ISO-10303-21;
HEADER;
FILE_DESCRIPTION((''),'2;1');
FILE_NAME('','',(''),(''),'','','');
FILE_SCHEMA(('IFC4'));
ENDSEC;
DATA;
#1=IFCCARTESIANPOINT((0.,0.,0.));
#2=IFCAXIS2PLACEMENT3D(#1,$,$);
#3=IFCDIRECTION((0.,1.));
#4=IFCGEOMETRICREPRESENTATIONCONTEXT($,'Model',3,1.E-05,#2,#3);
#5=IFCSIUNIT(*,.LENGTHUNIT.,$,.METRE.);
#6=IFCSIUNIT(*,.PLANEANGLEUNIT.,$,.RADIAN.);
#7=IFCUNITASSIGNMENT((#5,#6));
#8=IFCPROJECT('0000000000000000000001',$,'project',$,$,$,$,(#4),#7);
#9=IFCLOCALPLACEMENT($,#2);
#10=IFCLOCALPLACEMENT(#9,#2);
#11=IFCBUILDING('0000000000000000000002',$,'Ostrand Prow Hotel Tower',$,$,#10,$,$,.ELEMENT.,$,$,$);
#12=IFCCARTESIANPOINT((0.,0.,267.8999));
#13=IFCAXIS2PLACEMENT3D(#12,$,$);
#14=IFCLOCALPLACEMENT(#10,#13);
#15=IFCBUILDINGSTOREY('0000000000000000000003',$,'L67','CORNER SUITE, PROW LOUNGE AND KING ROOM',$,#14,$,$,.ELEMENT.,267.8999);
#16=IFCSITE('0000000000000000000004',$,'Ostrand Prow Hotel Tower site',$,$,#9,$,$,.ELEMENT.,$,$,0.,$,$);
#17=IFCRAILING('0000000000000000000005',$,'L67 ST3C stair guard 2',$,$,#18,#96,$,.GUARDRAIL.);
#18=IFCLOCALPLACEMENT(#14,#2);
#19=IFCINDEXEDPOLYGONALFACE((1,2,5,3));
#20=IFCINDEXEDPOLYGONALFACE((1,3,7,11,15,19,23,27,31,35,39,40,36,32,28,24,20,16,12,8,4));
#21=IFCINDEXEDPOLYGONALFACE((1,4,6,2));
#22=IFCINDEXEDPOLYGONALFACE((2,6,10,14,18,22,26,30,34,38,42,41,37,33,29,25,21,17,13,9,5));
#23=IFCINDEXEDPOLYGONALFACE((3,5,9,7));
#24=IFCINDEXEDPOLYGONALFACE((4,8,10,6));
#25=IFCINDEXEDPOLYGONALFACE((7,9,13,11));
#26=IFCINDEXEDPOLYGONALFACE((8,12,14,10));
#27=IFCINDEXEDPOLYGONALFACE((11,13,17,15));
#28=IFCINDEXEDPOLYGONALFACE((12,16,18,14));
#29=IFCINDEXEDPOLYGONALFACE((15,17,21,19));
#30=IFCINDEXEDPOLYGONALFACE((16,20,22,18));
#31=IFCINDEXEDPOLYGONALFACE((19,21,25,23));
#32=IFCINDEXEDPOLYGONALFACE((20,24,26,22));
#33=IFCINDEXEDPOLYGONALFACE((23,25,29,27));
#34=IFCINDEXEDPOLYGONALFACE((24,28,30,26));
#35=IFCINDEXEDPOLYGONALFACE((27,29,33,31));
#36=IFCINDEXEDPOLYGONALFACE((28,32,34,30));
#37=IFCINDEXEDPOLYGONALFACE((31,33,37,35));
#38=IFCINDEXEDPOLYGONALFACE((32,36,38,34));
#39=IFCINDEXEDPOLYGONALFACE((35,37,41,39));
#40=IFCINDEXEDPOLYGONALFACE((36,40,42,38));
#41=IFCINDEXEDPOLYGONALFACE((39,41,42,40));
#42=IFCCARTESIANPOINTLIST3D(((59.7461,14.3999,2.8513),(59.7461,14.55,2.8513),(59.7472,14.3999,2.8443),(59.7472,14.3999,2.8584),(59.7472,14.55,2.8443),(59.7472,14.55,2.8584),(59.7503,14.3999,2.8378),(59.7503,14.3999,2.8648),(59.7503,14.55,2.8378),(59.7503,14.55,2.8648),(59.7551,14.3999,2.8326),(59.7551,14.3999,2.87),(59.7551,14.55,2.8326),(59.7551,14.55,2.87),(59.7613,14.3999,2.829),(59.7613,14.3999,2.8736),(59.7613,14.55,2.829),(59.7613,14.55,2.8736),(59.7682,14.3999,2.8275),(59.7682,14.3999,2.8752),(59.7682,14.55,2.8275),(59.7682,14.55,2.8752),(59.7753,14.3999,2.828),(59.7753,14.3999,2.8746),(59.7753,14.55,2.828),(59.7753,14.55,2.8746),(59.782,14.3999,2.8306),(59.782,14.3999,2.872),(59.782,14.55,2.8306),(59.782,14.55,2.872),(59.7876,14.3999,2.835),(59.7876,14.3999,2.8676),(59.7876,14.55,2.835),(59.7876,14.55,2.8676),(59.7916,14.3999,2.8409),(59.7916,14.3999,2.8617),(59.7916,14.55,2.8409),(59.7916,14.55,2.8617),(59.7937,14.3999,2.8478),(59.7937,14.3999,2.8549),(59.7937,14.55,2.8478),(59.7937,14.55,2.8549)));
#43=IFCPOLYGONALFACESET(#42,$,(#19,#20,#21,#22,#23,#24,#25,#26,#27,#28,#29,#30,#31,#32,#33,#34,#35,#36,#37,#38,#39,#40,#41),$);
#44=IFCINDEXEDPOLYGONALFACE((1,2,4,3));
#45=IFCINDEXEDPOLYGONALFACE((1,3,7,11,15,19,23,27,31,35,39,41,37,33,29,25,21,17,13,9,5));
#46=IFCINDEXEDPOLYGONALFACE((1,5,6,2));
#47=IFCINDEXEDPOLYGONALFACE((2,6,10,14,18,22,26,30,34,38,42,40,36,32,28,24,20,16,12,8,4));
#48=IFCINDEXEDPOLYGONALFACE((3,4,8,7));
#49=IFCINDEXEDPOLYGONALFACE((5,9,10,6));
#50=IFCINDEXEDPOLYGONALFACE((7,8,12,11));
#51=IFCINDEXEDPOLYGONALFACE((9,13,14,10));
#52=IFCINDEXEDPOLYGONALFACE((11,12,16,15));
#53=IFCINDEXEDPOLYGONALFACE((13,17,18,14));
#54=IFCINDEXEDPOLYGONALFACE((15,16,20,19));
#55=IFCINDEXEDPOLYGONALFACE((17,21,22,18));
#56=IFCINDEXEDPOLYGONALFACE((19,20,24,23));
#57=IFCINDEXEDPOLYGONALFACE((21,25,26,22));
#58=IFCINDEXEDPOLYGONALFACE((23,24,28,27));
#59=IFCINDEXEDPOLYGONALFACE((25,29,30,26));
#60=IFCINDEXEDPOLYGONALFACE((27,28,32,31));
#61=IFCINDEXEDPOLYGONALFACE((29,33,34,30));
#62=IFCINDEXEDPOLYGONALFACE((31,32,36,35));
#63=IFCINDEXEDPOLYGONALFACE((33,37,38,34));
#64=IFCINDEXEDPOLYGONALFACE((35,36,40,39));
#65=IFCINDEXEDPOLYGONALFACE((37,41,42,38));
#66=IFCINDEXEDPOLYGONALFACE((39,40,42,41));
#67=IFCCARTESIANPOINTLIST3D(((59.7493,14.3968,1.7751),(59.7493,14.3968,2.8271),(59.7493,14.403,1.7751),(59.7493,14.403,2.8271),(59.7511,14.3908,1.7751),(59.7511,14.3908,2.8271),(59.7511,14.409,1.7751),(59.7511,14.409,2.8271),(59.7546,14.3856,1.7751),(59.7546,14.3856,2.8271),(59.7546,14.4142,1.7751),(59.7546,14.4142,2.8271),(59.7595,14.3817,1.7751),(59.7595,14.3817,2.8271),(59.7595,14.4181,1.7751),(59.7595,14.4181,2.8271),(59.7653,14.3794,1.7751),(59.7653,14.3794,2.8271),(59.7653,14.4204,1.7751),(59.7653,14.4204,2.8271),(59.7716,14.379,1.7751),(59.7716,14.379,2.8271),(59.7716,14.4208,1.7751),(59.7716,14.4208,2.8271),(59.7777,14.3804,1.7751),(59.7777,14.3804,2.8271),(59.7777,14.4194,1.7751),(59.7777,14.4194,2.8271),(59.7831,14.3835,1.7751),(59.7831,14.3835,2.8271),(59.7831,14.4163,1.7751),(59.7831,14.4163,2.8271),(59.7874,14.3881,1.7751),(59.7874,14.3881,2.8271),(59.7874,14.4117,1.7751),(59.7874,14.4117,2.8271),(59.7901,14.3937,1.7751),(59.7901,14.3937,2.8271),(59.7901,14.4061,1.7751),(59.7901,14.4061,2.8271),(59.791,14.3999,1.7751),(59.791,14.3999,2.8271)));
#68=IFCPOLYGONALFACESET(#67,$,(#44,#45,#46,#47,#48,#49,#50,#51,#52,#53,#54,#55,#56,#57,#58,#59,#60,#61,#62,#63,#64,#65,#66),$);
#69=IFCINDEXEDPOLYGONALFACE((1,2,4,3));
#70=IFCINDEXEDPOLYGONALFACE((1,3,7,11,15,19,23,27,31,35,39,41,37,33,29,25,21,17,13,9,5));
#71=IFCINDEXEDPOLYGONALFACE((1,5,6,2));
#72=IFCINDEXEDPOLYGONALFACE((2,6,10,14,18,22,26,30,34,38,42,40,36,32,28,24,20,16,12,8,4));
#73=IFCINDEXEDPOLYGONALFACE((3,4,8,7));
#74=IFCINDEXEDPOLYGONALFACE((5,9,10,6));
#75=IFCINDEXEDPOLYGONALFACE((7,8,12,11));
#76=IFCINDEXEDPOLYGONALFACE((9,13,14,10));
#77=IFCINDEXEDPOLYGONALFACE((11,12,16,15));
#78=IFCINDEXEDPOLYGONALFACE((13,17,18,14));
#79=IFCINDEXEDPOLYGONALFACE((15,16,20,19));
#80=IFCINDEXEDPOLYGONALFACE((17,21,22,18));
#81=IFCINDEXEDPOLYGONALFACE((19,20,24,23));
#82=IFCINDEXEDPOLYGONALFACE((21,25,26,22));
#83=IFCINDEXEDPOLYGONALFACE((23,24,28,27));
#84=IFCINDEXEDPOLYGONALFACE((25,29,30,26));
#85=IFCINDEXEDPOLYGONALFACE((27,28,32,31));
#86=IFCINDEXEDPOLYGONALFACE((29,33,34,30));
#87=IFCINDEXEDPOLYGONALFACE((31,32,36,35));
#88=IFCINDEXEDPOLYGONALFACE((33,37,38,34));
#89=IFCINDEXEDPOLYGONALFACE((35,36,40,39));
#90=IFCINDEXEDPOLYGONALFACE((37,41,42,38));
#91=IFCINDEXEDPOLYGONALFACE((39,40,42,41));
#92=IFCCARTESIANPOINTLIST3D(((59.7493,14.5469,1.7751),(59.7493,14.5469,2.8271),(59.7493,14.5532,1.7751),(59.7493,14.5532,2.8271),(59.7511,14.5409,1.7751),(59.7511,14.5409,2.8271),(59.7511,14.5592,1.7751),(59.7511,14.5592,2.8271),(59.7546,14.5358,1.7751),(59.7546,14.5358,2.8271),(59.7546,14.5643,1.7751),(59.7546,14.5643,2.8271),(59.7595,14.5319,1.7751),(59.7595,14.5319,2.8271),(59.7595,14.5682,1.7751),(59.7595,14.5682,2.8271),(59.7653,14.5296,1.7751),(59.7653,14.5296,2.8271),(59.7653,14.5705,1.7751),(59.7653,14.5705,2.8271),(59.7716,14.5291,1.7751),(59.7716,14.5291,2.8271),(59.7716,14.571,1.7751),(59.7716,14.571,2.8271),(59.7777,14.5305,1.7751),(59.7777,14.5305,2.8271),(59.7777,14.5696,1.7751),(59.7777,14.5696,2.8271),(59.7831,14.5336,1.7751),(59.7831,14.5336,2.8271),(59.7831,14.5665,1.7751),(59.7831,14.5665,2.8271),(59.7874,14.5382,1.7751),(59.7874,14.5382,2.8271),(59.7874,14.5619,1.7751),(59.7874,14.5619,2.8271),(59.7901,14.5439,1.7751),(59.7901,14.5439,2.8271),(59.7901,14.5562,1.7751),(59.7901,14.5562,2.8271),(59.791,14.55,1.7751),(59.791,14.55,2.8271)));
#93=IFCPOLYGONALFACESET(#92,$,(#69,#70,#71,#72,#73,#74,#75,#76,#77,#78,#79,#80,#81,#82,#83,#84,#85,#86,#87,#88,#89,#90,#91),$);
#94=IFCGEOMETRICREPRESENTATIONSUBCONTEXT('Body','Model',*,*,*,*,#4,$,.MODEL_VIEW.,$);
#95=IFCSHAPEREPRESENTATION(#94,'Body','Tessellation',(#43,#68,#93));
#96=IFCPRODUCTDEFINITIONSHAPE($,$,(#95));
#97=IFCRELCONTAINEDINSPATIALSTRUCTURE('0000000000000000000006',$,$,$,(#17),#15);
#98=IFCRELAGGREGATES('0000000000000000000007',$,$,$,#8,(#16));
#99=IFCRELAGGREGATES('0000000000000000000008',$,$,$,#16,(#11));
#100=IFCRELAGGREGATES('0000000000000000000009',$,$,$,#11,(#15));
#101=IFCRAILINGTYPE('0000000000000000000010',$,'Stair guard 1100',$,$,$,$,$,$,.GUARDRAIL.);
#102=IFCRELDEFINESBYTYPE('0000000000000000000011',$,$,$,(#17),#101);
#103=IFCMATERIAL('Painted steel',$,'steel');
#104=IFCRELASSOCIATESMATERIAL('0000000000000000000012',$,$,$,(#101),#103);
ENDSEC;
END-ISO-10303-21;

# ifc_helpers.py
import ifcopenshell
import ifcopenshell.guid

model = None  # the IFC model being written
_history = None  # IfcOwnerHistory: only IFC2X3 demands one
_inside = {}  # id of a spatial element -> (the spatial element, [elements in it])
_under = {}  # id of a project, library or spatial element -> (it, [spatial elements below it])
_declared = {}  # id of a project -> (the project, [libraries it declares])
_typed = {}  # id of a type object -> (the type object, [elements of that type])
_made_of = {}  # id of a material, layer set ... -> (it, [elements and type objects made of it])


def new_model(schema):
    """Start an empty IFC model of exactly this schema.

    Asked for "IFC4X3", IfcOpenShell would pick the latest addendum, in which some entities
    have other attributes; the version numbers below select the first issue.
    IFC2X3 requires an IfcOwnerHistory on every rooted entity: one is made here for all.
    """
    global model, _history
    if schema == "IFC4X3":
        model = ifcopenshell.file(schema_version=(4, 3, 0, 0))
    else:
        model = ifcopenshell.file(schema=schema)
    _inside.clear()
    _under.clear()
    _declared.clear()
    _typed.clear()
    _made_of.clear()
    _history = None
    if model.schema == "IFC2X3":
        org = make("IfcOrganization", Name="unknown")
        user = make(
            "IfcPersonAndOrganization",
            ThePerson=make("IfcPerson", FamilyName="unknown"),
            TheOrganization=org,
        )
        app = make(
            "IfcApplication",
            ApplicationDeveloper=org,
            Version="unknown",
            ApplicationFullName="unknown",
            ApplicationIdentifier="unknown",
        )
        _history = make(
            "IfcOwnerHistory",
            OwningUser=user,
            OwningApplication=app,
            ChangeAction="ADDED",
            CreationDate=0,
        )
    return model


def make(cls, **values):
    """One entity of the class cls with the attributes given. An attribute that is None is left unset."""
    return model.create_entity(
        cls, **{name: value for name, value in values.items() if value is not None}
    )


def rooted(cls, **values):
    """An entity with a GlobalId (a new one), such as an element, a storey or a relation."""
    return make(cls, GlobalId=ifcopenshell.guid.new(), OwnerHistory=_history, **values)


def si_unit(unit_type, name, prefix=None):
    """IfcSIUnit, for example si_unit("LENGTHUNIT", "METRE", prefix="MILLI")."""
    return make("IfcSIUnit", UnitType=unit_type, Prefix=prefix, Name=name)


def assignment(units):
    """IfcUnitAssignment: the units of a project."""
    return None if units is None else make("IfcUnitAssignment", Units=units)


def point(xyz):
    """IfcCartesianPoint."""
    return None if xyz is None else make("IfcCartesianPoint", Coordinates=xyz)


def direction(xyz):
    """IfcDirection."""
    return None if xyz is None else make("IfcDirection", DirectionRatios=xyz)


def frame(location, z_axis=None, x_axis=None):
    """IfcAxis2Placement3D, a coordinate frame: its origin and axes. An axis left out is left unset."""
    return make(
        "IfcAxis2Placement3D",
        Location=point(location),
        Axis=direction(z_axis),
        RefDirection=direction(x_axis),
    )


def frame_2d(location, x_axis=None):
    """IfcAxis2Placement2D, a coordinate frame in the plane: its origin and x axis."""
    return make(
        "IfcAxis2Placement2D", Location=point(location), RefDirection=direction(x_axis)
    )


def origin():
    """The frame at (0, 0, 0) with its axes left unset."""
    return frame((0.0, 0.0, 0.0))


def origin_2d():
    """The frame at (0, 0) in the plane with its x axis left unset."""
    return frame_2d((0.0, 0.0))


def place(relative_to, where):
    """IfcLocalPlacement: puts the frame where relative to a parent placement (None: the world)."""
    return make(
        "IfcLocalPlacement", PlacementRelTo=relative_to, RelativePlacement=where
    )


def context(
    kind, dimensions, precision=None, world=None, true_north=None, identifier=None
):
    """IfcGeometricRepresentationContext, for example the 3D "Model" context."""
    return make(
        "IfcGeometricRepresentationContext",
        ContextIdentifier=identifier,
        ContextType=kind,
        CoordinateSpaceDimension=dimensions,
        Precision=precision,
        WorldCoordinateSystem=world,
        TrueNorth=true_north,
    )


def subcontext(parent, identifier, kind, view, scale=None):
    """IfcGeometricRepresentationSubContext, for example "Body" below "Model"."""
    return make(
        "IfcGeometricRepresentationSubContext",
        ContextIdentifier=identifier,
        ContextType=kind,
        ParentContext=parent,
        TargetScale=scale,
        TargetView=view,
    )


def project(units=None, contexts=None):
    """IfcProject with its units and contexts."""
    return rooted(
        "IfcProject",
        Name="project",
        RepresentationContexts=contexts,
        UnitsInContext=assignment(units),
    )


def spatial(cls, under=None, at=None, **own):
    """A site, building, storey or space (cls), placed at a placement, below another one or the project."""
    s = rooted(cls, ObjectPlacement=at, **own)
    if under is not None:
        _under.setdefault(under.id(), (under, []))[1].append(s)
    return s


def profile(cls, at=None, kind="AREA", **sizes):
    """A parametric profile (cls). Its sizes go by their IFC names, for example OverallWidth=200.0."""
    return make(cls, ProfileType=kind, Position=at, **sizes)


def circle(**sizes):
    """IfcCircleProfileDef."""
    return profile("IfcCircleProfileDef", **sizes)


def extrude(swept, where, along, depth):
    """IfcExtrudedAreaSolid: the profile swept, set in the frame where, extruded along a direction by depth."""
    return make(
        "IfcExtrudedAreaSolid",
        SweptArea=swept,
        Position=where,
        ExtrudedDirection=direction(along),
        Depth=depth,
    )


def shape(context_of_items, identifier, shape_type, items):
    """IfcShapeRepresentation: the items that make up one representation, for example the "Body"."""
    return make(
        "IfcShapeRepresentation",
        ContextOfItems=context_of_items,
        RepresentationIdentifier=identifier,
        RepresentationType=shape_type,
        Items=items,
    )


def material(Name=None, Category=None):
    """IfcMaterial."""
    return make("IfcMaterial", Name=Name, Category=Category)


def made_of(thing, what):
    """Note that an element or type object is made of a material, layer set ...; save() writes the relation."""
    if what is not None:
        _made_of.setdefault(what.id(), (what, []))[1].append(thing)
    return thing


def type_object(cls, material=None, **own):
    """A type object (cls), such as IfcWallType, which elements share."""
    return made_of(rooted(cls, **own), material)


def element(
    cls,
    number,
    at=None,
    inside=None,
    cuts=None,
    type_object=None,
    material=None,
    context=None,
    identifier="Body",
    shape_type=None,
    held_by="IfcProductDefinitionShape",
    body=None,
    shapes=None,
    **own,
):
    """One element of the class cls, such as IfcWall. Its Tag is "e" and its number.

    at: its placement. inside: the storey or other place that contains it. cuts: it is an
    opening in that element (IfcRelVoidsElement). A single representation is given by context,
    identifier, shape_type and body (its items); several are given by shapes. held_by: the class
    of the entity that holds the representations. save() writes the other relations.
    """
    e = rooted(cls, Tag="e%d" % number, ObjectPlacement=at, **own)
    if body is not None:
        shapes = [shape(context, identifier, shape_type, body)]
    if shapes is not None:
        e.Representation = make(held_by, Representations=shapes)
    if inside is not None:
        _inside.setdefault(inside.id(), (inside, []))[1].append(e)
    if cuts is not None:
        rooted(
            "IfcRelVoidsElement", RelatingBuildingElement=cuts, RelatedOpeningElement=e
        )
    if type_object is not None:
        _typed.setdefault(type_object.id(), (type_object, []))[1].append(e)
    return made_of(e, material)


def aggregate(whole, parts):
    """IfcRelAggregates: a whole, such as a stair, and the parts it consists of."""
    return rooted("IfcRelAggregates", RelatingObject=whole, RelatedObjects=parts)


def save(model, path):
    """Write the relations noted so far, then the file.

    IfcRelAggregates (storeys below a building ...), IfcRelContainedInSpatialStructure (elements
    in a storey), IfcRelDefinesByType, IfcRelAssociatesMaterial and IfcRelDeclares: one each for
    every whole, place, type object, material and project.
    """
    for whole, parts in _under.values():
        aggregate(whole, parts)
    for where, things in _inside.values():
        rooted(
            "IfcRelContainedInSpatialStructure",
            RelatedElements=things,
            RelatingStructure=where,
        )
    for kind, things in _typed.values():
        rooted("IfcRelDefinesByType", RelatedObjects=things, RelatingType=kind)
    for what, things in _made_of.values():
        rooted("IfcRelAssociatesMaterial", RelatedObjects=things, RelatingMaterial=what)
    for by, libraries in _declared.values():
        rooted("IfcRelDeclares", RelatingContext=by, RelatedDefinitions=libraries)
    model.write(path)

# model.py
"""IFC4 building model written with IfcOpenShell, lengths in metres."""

from ifc_helpers import new_model, si_unit, direction, frame, origin, origin_2d, place, context, subcontext, project, spatial, circle, extrude, material, type_object, element, save


model = new_model("IFC4")

# Units and contexts
model_context = context("Model", 3, precision=1e-05, world=origin(), true_north=direction((0.0, 1.0)))
body_context = subcontext(model_context, "Body", "Model", "MODEL_VIEW")
ifc_project = project(units=[si_unit("LENGTHUNIT", "METRE"), si_unit("PLANEANGLEUNIT", "RADIAN")], contexts=[model_context])

# Site, building, storey
site_placement = place(None, origin())
site = spatial("IfcSite", under=ifc_project, at=site_placement, Name="Ostrand Prow Hotel Tower site", CompositionType="ELEMENT", RefElevation=0.0)
building_placement = place(site_placement, origin())
building = spatial("IfcBuilding", under=site, at=building_placement, Name="Ostrand Prow Hotel Tower", CompositionType="ELEMENT")
storey_placement = place(building_placement, frame((0.0, 0.0, 267.8999)))
storey = spatial("IfcBuildingStorey", under=building, at=storey_placement, Name="L67", Description="CORNER SUITE, PROW LOUNGE AND KING ROOM", CompositionType="ELEMENT", Elevation=267.8999)

# Railing
ifc_material_1 = material(Name="Painted steel", Category="steel")
railing_type_1 = type_object("IfcRailingType", Name="Stair guard 1100", PredefinedType="GUARDRAIL", material=ifc_material_1)
railing_1_placement = place(storey_placement, frame((59.77, 14.3999, 1.7751)))
element("IfcRailing", 1, at=railing_1_placement, inside=storey, type_object=railing_type_1, Name="L67 ST3C stair guard 2", PredefinedType="GUARDRAIL", context=body_context, shape_type="SweptSolid", body=[
    extrude(circle(Radius=0.0239, at=origin_2d()), frame((0.0, 0.0, 1.0762), z_axis=(0.0, 1.0, 0.0), x_axis=(-1.0, 0.0, 0.0)), (0.0, 0.0, 1.0), 0.1501),
    extrude(circle(Radius=0.021, at=origin_2d()), origin(), (0.0, 0.0, 1.0), 1.052),
    extrude(circle(Radius=0.021, at=origin_2d()), frame((0.0, 0.1501, 0.0)), (0.0, 0.0, 1.0), 1.052),
])

save(model, "model.ifc")
